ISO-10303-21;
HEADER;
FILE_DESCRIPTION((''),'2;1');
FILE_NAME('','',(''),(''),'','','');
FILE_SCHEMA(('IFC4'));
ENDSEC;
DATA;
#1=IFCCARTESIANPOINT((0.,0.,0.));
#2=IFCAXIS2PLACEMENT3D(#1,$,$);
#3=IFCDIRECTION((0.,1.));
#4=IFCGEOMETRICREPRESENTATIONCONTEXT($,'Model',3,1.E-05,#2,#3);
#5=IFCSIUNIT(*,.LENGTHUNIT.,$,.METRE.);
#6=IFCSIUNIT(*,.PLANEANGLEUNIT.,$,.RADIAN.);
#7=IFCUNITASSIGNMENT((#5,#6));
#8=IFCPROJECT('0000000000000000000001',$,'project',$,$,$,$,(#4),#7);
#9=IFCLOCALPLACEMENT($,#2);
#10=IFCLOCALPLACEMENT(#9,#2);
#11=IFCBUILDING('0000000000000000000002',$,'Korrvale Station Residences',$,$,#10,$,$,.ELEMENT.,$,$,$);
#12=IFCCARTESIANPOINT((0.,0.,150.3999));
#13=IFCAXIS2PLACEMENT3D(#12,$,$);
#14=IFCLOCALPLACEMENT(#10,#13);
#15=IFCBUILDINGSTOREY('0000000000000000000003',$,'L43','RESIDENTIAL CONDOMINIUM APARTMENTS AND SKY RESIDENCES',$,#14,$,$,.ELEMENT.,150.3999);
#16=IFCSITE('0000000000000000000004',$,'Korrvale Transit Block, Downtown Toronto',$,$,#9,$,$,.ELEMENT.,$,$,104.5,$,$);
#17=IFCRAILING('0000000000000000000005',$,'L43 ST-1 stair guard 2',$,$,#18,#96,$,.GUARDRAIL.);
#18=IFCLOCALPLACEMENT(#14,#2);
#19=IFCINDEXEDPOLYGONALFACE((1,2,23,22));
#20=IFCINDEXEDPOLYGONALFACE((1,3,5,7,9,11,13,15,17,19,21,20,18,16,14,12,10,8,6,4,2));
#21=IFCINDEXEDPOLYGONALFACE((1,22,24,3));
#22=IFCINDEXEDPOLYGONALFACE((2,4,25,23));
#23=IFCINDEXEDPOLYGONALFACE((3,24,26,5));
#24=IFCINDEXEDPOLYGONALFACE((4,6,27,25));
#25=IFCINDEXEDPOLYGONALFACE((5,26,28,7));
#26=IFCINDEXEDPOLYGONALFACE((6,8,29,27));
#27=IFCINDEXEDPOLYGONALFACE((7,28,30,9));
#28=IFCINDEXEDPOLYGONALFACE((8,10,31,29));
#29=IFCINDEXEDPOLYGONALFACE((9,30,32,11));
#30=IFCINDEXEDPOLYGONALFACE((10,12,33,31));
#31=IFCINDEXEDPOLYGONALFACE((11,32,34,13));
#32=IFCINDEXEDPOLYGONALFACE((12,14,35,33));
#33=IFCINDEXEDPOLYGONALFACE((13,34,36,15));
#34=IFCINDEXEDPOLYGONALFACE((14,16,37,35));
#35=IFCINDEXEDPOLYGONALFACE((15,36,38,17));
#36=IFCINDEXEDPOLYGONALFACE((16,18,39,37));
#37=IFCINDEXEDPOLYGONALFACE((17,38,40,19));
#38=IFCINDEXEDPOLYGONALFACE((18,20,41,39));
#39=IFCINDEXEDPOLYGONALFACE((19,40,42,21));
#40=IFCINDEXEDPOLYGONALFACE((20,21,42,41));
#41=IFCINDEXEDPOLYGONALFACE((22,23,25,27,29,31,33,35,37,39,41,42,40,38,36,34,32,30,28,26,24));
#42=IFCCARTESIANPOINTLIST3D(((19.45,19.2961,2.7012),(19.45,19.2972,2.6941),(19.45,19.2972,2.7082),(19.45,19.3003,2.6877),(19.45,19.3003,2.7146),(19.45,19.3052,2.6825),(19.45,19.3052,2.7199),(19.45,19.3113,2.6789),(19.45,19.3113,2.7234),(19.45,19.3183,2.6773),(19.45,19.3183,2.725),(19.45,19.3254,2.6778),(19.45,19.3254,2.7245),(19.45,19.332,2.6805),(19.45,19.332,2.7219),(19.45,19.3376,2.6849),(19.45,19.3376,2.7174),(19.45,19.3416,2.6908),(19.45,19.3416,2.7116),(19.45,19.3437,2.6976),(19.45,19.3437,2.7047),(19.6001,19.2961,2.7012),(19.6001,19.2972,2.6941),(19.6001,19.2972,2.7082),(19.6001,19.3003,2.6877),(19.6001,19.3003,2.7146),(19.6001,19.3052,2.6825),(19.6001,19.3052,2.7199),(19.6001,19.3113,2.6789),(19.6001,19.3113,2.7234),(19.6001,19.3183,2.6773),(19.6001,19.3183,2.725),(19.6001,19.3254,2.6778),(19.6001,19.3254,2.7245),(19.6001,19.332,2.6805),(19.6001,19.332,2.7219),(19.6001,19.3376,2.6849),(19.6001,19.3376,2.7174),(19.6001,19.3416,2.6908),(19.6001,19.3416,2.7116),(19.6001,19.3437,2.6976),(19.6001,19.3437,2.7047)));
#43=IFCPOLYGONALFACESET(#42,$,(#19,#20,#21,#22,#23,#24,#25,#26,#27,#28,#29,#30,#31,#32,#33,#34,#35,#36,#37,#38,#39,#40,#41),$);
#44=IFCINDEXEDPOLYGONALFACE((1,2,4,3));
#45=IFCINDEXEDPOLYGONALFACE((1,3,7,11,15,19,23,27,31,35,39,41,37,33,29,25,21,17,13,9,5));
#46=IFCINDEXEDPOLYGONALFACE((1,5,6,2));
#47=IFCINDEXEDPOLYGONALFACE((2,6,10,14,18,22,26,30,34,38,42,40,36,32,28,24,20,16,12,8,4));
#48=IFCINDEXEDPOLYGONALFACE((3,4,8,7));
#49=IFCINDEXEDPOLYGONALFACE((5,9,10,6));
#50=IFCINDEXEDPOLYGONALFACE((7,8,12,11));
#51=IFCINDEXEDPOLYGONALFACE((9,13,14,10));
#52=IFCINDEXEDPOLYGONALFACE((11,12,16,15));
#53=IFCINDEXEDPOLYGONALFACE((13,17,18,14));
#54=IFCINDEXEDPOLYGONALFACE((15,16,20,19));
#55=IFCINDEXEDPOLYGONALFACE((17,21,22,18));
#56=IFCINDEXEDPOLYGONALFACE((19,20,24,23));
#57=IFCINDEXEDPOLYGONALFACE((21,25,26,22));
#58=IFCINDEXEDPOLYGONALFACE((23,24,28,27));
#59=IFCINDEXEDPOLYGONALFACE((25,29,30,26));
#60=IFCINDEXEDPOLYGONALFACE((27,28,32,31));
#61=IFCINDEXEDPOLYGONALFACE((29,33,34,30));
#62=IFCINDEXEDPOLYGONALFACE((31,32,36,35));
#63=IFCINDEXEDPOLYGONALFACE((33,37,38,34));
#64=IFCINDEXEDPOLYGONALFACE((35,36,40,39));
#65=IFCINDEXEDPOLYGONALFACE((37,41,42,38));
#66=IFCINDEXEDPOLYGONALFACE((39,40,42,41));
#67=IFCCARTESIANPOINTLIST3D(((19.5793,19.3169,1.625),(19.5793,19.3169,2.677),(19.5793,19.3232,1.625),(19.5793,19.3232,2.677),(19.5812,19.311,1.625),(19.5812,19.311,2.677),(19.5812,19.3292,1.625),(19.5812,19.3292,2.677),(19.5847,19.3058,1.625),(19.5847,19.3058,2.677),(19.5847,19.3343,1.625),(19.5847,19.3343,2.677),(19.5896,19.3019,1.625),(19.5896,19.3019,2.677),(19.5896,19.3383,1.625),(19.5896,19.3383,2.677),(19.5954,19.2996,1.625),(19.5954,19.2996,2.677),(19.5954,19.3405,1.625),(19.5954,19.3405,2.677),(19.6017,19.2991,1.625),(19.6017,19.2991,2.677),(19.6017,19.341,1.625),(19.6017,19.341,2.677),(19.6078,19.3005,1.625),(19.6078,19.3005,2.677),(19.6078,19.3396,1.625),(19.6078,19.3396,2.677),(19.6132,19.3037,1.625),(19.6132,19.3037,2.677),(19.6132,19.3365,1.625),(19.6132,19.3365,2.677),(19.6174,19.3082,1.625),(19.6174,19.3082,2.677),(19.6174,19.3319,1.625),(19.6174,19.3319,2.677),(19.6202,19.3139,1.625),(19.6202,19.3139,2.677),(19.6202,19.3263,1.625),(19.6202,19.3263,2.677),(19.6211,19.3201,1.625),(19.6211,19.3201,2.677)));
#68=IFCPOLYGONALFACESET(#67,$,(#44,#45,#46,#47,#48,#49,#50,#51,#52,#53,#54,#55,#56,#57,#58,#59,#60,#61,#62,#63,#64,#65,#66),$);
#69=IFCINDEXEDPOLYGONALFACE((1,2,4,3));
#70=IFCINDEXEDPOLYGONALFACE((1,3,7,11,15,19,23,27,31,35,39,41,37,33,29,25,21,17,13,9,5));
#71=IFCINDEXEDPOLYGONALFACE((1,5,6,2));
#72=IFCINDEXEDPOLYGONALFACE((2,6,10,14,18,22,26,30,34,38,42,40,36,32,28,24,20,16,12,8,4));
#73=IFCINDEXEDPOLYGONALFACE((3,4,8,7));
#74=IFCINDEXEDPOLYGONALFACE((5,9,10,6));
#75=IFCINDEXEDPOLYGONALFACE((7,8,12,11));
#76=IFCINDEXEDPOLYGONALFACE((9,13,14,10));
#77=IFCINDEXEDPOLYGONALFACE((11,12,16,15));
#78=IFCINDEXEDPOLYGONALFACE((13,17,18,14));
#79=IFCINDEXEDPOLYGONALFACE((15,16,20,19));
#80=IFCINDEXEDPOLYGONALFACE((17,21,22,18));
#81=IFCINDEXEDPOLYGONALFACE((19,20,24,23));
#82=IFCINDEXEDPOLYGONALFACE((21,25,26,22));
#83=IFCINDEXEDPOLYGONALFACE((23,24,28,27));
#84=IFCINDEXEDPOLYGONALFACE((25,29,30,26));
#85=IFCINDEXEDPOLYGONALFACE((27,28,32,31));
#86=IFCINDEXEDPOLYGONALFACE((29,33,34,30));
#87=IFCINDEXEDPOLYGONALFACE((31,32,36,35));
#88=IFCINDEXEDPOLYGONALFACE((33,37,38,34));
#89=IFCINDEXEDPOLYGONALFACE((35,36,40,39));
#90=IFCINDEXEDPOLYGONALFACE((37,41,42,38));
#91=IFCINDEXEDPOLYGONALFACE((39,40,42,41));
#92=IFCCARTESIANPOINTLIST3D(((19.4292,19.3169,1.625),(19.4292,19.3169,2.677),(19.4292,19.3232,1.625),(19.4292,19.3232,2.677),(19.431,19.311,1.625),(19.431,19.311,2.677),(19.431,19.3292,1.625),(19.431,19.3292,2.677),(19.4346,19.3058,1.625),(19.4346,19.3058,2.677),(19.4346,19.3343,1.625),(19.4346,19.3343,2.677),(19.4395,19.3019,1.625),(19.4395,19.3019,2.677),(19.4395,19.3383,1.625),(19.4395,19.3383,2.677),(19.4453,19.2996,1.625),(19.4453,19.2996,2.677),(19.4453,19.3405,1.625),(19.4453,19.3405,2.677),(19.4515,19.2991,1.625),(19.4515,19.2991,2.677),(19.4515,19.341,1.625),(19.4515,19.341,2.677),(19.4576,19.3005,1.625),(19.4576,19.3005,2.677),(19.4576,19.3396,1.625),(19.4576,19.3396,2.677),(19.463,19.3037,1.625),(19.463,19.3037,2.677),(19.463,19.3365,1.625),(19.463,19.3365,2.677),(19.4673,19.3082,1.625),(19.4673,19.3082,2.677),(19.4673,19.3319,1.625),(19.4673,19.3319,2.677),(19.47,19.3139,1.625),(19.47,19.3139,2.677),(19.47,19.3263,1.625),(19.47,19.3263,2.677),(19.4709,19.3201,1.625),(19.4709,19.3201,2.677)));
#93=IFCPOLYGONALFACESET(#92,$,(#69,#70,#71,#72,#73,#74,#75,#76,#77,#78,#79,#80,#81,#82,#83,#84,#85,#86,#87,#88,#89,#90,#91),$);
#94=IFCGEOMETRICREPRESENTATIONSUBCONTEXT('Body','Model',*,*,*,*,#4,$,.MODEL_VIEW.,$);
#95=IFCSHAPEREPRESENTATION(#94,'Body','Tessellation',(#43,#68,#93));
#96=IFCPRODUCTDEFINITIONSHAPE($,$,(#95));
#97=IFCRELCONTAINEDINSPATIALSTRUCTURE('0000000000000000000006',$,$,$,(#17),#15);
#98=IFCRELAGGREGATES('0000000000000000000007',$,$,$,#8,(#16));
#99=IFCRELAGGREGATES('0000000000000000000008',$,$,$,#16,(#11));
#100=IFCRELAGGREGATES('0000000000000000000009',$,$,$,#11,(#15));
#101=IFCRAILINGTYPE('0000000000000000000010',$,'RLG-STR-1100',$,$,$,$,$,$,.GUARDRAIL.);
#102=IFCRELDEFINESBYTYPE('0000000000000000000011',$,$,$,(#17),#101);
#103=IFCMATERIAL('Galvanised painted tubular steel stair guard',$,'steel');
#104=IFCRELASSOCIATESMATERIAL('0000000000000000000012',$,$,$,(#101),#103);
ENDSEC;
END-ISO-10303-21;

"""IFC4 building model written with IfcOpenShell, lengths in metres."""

from ifc_helpers import new_model, si_unit, direction, frame, origin, origin_2d, place, context, subcontext, project, spatial, circle, extrude, material, type_object, element, save


model = new_model("IFC4")

# Units and contexts
model_context = context("Model", 3, precision=1e-05, world=origin(), true_north=direction((0.0, 1.0)))
body_context = subcontext(model_context, "Body", "Model", "MODEL_VIEW")
ifc_project = project(units=[si_unit("LENGTHUNIT", "METRE"), si_unit("PLANEANGLEUNIT", "RADIAN")], contexts=[model_context])

# Site, building, storey
site_placement = place(None, origin())
site = spatial("IfcSite", under=ifc_project, at=site_placement, Name="Korrvale Transit Block, Downtown Toronto", CompositionType="ELEMENT", RefElevation=104.5)
building_placement = place(site_placement, origin())
building = spatial("IfcBuilding", under=site, at=building_placement, Name="Korrvale Station Residences", CompositionType="ELEMENT")
storey_placement = place(building_placement, frame((0.0, 0.0, 150.3999)))
storey = spatial("IfcBuildingStorey", under=building, at=storey_placement, Name="L43", Description="RESIDENTIAL CONDOMINIUM APARTMENTS AND SKY RESIDENCES", CompositionType="ELEMENT", Elevation=150.3999)

# Railing
ifc_material_1 = material(Name="Galvanised painted tubular steel stair guard", Category="steel")
railing_type_1 = type_object("IfcRailingType", Name="RLG-STR-1100", PredefinedType="GUARDRAIL", material=ifc_material_1)
railing_1_placement = place(storey_placement, frame((19.6001, 19.3201, 1.625)))
element("IfcRailing", 1, at=railing_1_placement, inside=storey, type_object=railing_type_1, Name="L43 ST-1 stair guard 2", PredefinedType="GUARDRAIL", context=body_context, shape_type="SweptSolid", body=[
    extrude(circle(Radius=0.0239, at=origin_2d()), frame((0.0, 0.0, 1.0762), z_axis=(-1.0, 0.0, 0.0), x_axis=(0.0, -1.0, 0.0)), (0.0, 0.0, 1.0), 0.1501),
    extrude(circle(Radius=0.021, at=origin_2d()), origin(), (0.0, 0.0, 1.0), 1.052),
    extrude(circle(Radius=0.021, at=origin_2d()), frame((-0.1501, 0.0, 0.0)), (0.0, 0.0, 1.0), 1.052),
])

save(model, "model.ifc")
